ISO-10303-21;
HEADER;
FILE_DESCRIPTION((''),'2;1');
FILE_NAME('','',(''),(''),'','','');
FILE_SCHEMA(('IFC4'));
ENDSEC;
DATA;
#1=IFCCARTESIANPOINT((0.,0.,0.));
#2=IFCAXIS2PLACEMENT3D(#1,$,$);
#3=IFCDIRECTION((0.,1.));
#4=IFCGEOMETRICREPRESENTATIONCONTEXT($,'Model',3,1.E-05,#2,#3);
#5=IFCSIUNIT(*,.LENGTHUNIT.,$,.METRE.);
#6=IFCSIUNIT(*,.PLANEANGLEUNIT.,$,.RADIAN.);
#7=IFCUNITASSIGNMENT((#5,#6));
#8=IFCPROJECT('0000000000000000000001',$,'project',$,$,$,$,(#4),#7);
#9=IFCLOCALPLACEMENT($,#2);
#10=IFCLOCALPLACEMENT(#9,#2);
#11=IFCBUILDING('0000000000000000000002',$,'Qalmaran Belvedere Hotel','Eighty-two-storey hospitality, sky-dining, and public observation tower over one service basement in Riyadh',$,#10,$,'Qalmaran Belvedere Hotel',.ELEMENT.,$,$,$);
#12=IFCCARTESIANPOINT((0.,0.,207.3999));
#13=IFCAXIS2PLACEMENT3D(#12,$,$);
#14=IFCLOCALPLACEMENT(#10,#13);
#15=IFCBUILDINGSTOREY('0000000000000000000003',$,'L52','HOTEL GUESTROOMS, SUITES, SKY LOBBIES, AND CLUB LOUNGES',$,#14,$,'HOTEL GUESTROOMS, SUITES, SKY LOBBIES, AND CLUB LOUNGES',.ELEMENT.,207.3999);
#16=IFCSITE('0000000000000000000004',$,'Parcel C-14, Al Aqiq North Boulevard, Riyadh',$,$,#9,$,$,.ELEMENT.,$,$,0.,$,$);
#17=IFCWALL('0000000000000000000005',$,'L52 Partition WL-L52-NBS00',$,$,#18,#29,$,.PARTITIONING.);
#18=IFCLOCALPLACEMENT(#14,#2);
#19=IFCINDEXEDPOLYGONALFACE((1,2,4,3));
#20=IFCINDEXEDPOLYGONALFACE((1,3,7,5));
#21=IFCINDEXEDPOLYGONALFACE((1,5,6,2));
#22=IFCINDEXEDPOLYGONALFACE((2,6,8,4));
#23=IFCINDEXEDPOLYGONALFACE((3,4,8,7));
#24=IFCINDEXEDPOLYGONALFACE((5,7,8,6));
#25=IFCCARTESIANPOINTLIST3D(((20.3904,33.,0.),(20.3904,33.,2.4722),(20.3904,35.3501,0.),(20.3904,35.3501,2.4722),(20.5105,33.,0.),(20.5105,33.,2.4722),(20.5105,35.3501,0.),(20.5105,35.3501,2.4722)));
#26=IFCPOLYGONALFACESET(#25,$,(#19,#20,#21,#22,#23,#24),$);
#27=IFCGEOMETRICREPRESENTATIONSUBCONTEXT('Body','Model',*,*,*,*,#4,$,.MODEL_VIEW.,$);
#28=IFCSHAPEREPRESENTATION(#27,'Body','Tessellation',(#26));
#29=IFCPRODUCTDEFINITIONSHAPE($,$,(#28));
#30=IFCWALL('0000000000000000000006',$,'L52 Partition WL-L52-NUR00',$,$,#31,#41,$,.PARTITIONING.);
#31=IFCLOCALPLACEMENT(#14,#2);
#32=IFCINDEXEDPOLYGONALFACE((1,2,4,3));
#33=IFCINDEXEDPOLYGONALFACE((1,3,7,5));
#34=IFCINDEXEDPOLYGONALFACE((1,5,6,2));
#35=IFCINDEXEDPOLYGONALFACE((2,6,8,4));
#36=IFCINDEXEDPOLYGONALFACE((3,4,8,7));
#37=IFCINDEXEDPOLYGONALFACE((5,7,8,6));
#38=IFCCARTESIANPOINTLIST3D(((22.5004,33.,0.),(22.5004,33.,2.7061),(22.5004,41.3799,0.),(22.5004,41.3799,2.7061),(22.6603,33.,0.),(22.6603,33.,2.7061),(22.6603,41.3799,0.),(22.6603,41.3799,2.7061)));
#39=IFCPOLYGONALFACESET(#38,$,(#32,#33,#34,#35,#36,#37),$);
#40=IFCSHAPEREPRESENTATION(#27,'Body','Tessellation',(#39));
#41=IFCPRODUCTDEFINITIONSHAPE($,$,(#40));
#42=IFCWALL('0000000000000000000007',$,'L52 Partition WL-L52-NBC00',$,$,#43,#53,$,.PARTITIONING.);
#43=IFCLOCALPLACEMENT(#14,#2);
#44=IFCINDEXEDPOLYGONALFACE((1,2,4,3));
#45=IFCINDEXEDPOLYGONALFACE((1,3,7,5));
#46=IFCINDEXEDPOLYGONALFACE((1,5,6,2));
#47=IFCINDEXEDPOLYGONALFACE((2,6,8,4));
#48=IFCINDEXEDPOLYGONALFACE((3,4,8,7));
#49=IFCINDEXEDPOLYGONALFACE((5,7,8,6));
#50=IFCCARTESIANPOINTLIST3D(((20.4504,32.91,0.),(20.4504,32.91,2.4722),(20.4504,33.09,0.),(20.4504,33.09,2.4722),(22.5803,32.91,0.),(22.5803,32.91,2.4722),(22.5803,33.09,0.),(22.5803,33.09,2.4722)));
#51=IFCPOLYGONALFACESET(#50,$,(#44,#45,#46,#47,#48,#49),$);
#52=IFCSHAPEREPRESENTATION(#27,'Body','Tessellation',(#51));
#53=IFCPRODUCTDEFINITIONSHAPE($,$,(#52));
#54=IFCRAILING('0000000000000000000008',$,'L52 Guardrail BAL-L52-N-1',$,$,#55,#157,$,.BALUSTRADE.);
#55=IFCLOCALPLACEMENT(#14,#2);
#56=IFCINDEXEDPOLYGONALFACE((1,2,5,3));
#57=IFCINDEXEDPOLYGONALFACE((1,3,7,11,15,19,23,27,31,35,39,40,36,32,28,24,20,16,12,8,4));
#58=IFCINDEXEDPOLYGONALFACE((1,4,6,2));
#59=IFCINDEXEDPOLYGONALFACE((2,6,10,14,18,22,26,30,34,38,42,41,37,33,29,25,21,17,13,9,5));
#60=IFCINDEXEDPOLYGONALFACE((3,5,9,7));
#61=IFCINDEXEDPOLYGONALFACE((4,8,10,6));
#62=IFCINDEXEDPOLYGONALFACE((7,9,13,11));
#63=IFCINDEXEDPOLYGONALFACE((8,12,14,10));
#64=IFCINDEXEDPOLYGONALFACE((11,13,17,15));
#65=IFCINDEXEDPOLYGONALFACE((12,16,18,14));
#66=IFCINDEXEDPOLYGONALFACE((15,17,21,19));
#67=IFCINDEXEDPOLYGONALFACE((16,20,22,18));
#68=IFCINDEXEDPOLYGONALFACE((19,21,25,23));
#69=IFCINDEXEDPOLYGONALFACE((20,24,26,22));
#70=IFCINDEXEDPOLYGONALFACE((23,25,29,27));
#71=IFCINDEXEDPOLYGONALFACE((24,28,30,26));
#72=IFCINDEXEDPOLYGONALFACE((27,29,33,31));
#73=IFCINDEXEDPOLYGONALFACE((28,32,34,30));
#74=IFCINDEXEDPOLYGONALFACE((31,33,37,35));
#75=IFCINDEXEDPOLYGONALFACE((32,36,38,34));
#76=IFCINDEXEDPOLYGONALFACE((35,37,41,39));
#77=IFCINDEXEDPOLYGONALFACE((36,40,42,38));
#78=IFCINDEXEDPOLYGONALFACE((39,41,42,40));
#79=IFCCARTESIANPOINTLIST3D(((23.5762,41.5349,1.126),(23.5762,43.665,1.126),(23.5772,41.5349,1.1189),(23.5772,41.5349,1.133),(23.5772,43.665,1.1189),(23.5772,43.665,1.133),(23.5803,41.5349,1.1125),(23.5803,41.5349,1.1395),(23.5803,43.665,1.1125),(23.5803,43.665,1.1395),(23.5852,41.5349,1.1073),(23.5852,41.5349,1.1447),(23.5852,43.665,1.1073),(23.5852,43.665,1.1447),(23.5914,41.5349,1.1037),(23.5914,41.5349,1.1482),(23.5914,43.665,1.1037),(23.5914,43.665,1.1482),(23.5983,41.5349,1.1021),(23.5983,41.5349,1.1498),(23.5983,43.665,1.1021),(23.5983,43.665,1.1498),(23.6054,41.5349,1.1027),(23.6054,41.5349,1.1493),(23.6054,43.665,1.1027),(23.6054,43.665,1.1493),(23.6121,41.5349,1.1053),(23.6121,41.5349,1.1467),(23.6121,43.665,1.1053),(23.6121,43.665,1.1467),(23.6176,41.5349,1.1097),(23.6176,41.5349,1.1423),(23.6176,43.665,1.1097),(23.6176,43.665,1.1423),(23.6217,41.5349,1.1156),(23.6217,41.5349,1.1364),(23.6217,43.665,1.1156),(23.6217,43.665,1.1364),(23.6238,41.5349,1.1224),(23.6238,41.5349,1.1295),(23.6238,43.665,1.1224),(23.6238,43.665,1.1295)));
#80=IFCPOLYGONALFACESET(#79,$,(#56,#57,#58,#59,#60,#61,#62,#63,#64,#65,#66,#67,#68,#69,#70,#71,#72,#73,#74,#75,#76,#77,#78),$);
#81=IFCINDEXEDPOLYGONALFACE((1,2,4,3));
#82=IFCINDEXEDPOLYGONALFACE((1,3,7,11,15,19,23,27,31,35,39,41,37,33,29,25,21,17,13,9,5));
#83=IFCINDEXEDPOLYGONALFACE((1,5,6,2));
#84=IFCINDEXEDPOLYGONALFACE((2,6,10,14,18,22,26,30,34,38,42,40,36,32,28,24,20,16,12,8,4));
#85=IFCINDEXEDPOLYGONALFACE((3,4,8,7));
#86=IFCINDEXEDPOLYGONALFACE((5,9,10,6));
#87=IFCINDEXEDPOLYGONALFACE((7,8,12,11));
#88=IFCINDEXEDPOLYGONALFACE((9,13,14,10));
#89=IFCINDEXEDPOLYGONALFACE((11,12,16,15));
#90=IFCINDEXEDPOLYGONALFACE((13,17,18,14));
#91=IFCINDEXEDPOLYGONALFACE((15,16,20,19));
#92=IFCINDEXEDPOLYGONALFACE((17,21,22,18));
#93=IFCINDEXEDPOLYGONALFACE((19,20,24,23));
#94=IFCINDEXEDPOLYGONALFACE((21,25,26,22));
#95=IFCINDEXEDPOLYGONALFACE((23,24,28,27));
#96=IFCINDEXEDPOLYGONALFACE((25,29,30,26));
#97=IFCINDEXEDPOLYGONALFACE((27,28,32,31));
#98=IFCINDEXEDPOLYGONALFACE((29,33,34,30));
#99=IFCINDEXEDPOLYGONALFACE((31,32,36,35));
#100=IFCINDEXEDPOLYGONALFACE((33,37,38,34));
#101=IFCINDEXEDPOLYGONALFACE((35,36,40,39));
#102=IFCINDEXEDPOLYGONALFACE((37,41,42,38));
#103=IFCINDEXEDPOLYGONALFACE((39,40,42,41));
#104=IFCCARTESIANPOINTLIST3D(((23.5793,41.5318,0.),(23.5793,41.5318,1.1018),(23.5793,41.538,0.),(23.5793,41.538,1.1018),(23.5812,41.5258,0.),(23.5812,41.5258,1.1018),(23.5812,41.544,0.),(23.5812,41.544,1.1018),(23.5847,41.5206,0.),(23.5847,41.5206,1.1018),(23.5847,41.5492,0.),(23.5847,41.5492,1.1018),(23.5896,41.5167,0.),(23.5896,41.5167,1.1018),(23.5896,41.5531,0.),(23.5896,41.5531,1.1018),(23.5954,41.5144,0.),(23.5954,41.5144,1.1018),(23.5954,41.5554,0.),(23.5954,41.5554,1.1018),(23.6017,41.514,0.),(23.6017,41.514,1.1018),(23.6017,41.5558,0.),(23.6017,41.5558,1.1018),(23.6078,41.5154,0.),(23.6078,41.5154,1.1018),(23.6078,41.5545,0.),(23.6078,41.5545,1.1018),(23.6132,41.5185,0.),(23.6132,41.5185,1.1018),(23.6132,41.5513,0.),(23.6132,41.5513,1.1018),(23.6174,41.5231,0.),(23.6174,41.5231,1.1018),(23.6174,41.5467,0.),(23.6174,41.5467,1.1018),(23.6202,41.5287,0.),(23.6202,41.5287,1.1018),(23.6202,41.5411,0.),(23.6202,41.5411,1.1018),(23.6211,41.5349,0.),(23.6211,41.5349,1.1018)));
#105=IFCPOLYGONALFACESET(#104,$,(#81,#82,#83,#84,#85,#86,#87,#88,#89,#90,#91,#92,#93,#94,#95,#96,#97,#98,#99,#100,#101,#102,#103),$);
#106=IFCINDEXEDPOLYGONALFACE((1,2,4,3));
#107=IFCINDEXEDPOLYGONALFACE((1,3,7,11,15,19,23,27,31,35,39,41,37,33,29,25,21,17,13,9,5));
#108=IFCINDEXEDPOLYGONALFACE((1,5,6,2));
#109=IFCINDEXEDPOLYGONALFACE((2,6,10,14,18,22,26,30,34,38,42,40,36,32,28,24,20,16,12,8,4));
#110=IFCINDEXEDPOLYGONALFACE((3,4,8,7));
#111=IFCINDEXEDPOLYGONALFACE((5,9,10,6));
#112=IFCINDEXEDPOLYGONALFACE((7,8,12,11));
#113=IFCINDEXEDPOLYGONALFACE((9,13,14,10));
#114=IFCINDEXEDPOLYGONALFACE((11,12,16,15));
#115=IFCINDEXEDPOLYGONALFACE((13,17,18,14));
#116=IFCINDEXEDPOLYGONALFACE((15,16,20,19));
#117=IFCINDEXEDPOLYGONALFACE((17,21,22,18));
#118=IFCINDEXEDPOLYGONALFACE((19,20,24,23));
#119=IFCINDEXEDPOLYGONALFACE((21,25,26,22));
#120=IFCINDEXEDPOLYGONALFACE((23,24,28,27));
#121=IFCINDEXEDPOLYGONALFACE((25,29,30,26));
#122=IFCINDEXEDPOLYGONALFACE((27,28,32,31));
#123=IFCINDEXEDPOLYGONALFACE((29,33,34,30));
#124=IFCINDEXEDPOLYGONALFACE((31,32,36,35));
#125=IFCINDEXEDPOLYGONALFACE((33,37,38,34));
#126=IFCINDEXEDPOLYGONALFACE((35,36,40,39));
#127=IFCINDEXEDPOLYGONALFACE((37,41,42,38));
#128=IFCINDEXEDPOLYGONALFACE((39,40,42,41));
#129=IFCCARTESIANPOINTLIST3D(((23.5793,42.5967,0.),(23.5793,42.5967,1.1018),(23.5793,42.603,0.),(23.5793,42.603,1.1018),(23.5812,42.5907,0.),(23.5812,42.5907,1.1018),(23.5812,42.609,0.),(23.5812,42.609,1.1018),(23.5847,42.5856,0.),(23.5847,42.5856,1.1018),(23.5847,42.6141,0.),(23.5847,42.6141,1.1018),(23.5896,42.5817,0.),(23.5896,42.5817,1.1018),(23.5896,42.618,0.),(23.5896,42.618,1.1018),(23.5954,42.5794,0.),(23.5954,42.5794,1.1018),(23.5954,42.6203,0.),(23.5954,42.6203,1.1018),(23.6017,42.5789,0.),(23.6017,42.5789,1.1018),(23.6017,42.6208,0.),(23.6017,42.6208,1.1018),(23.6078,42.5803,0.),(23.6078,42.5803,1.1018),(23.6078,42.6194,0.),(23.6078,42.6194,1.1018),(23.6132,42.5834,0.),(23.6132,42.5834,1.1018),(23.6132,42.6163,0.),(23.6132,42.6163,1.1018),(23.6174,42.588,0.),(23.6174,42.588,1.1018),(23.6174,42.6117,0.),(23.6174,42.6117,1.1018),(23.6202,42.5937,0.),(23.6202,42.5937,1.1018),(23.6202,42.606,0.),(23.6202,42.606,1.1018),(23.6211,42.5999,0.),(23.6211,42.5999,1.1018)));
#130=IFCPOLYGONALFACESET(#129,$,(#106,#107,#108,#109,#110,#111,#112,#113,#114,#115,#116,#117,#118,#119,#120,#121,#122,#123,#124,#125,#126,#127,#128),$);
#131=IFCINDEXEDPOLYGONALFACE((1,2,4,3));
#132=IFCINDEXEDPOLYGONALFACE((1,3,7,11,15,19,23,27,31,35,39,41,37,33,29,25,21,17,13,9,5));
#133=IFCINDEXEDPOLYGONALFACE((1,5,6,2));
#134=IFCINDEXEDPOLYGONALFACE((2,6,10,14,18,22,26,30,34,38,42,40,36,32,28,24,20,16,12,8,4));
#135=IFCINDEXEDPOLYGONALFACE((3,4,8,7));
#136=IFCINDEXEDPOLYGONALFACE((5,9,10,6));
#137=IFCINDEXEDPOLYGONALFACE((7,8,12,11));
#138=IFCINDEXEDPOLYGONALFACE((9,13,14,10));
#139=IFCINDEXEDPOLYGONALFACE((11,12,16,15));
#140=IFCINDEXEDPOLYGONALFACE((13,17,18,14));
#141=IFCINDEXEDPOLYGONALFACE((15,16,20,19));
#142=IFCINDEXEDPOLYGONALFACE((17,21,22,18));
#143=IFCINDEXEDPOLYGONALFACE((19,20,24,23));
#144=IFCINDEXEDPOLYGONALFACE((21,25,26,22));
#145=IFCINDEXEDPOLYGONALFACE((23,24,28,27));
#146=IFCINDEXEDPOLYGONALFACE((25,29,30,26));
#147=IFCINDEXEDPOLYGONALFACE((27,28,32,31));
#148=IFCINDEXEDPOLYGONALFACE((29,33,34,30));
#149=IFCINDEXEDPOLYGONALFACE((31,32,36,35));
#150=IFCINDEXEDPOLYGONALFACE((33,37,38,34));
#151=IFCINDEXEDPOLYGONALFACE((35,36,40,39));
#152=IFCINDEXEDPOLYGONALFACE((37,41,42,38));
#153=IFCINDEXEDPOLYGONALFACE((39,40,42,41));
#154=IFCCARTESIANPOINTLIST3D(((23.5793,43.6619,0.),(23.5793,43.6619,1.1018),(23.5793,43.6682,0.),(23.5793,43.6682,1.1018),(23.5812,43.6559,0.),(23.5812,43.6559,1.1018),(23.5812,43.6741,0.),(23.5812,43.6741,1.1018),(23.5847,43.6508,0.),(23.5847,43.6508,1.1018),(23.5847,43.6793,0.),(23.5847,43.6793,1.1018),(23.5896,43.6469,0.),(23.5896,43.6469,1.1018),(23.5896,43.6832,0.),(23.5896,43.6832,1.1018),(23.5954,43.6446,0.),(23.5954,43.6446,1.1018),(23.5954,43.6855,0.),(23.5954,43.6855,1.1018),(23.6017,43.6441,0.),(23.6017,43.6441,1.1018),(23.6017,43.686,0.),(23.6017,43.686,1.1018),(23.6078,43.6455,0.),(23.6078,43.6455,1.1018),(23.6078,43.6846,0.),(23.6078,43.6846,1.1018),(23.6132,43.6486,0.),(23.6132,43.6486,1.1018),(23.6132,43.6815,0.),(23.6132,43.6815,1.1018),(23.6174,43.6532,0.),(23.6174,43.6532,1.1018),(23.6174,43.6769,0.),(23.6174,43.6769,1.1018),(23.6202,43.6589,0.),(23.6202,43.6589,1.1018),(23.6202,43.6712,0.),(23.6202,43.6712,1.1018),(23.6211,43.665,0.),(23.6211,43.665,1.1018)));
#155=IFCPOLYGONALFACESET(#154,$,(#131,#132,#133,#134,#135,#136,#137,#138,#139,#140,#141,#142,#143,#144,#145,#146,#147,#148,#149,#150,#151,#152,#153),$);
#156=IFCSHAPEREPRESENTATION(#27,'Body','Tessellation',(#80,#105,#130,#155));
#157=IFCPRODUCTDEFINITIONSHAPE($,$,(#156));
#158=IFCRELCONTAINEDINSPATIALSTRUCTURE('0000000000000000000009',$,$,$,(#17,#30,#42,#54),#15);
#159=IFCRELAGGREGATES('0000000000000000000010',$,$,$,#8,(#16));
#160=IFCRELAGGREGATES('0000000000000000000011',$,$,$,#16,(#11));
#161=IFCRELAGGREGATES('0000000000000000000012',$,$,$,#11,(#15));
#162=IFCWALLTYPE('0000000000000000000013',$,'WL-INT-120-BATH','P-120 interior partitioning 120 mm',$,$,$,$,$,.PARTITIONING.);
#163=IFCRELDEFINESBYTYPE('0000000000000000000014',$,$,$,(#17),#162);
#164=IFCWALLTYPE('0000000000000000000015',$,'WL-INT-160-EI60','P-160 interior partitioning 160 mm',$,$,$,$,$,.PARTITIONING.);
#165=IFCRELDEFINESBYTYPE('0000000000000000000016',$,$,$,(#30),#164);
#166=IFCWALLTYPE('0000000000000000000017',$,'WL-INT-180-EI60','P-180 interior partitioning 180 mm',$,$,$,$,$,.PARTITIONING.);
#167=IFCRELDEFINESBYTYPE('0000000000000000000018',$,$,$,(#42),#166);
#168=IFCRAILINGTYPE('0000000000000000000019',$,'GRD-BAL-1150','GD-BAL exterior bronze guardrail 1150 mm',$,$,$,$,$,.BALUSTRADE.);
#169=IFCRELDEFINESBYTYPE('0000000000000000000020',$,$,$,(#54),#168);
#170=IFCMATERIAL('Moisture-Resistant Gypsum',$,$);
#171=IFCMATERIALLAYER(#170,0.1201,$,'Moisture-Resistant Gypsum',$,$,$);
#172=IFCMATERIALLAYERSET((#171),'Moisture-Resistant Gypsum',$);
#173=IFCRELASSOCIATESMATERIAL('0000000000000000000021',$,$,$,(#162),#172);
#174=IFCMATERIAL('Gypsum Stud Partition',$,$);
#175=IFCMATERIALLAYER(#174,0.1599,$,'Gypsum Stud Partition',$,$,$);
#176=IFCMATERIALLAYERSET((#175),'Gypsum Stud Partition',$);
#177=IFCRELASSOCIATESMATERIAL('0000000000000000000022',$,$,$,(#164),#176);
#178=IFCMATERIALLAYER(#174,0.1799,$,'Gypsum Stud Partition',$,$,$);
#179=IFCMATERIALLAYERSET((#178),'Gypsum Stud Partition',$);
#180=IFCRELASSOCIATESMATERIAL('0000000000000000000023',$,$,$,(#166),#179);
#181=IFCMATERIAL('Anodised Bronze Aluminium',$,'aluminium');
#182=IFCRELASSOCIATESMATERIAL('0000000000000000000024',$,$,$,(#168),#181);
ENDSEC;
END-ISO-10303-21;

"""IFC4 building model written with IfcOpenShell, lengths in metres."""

from ifc_helpers import new_model, si_unit, direction, frame, frame_2d, origin, origin_2d, place, context, subcontext, project, spatial, rectangle, circle, extrude, material, layer, layer_set, type_object, element, save


model = new_model("IFC4")

# Units and contexts
model_context = context("Model", 3, precision=1e-05, world=origin(), true_north=direction((0.0, 1.0)))
body_context = subcontext(model_context, "Body", "Model", "MODEL_VIEW")
ifc_project = project(units=[si_unit("LENGTHUNIT", "METRE"), si_unit("PLANEANGLEUNIT", "RADIAN")], contexts=[model_context])

# Site, building, storey
site_placement = place(None, origin())
site = spatial("IfcSite", under=ifc_project, at=site_placement, Name="Parcel C-14, Al Aqiq North Boulevard, Riyadh", CompositionType="ELEMENT", RefElevation=0.0)
building_placement = place(site_placement, origin())
building = spatial("IfcBuilding", under=site, at=building_placement, Name="Qalmaran Belvedere Hotel", Description="Eighty-two-storey hospitality, sky-dining, and public observation tower over one service basement in Riyadh", LongName="Qalmaran Belvedere Hotel", CompositionType="ELEMENT")
storey_placement = place(building_placement, frame((0.0, 0.0, 207.3999)))
storey = spatial("IfcBuildingStorey", under=building, at=storey_placement, Name="L52", Description="HOTEL GUESTROOMS, SUITES, SKY LOBBIES, AND CLUB LOUNGES", LongName="HOTEL GUESTROOMS, SUITES, SKY LOBBIES, AND CLUB LOUNGES", CompositionType="ELEMENT", Elevation=207.3999)

# Shared definitions
ifc_material_1 = material(Name="Anodised Bronze Aluminium", Category="aluminium")

# Shared definitions
ifc_material_2 = material(Name="Moisture-Resistant Gypsum")
ifc_layer_1 = layer(ifc_material_2, 0.1201, Name="Moisture-Resistant Gypsum")
ifc_layer_set_1 = layer_set([ifc_layer_1], Name="Moisture-Resistant Gypsum")
wall_type_1 = type_object("IfcWallType", Name="WL-INT-120-BATH", Description="P-120 interior partitioning 120 mm", PredefinedType="PARTITIONING", material=ifc_layer_set_1)

# Walls
wall_1_placement = place(storey_placement, frame((20.4504, 33.0, 0.0), z_axis=(0.0, 0.0, 1.0), x_axis=(0.0, 1.0, 0.0)))
element("IfcWall", 1, at=wall_1_placement, inside=storey, type_object=wall_type_1, Name="L52 Partition WL-L52-NBS00", PredefinedType="PARTITIONING", context=body_context, shape_type="SweptSolid", body=[
    extrude(rectangle(XDim=2.3501, YDim=0.1201, at=frame_2d((1.175, 0.0))), origin(), (0.0, 0.0, 1.0), 2.4722),
])
ifc_material_3 = material(Name="Gypsum Stud Partition")
ifc_layer_2 = layer(ifc_material_3, 0.1599, Name="Gypsum Stud Partition")
ifc_layer_set_2 = layer_set([ifc_layer_2], Name="Gypsum Stud Partition")
wall_type_2 = type_object("IfcWallType", Name="WL-INT-160-EI60", Description="P-160 interior partitioning 160 mm", PredefinedType="PARTITIONING", material=ifc_layer_set_2)
wall_2_placement = place(storey_placement, frame((22.5803, 33.0, 0.0), z_axis=(0.0, 0.0, 1.0), x_axis=(0.0, 1.0, 0.0)))
element("IfcWall", 2, at=wall_2_placement, inside=storey, type_object=wall_type_2, Name="L52 Partition WL-L52-NUR00", PredefinedType="PARTITIONING", context=body_context, shape_type="SweptSolid", body=[
    extrude(rectangle(XDim=8.3799, YDim=0.1599, at=frame_2d((4.1899, 0.0))), origin(), (0.0, 0.0, 1.0), 2.7061),
])
ifc_layer_3 = layer(ifc_material_3, 0.1799, Name="Gypsum Stud Partition")
ifc_layer_set_3 = layer_set([ifc_layer_3], Name="Gypsum Stud Partition")
wall_type_3 = type_object("IfcWallType", Name="WL-INT-180-EI60", Description="P-180 interior partitioning 180 mm", PredefinedType="PARTITIONING", material=ifc_layer_set_3)
wall_3_placement = place(storey_placement, frame((20.4504, 33.0, 0.0), z_axis=(0.0, 0.0, 1.0), x_axis=(1.0, 0.0, 0.0)))
element("IfcWall", 3, at=wall_3_placement, inside=storey, type_object=wall_type_3, Name="L52 Partition WL-L52-NBC00", PredefinedType="PARTITIONING", context=body_context, shape_type="SweptSolid", body=[
    extrude(rectangle(XDim=2.1299, YDim=0.1799, at=frame_2d((1.0649, 0.0))), origin(), (0.0, 0.0, 1.0), 2.4722),
])

# Railing
railing_type = type_object("IfcRailingType", Name="GRD-BAL-1150", Description="GD-BAL exterior bronze guardrail 1150 mm", PredefinedType="BALUSTRADE", material=ifc_material_1)
railing_1_placement = place(storey_placement, frame((23.6001, 41.5349, 0.0)))
element("IfcRailing", 4, at=railing_1_placement, inside=storey, type_object=railing_type, Name="L52 Guardrail BAL-L52-N-1", PredefinedType="BALUSTRADE", context=body_context, shape_type="SweptSolid", body=[
    extrude(circle(Radius=0.0239, at=origin_2d()), frame((0.0, 0.0, 1.126), z_axis=(0.0, 1.0, 0.0), x_axis=(-1.0, 0.0, 0.0)), (0.0, 0.0, 1.0), 2.1301),
    extrude(circle(Radius=0.021, at=origin_2d()), origin(), (0.0, 0.0, 1.0), 1.1018),
    extrude(circle(Radius=0.021, at=origin_2d()), frame((0.0, 1.0649, 0.0)), (0.0, 0.0, 1.0), 1.1018),
    extrude(circle(Radius=0.021, at=origin_2d()), frame((0.0, 2.1301, 0.0)), (0.0, 0.0, 1.0), 1.1018),
])

save(model, "model.ifc")
